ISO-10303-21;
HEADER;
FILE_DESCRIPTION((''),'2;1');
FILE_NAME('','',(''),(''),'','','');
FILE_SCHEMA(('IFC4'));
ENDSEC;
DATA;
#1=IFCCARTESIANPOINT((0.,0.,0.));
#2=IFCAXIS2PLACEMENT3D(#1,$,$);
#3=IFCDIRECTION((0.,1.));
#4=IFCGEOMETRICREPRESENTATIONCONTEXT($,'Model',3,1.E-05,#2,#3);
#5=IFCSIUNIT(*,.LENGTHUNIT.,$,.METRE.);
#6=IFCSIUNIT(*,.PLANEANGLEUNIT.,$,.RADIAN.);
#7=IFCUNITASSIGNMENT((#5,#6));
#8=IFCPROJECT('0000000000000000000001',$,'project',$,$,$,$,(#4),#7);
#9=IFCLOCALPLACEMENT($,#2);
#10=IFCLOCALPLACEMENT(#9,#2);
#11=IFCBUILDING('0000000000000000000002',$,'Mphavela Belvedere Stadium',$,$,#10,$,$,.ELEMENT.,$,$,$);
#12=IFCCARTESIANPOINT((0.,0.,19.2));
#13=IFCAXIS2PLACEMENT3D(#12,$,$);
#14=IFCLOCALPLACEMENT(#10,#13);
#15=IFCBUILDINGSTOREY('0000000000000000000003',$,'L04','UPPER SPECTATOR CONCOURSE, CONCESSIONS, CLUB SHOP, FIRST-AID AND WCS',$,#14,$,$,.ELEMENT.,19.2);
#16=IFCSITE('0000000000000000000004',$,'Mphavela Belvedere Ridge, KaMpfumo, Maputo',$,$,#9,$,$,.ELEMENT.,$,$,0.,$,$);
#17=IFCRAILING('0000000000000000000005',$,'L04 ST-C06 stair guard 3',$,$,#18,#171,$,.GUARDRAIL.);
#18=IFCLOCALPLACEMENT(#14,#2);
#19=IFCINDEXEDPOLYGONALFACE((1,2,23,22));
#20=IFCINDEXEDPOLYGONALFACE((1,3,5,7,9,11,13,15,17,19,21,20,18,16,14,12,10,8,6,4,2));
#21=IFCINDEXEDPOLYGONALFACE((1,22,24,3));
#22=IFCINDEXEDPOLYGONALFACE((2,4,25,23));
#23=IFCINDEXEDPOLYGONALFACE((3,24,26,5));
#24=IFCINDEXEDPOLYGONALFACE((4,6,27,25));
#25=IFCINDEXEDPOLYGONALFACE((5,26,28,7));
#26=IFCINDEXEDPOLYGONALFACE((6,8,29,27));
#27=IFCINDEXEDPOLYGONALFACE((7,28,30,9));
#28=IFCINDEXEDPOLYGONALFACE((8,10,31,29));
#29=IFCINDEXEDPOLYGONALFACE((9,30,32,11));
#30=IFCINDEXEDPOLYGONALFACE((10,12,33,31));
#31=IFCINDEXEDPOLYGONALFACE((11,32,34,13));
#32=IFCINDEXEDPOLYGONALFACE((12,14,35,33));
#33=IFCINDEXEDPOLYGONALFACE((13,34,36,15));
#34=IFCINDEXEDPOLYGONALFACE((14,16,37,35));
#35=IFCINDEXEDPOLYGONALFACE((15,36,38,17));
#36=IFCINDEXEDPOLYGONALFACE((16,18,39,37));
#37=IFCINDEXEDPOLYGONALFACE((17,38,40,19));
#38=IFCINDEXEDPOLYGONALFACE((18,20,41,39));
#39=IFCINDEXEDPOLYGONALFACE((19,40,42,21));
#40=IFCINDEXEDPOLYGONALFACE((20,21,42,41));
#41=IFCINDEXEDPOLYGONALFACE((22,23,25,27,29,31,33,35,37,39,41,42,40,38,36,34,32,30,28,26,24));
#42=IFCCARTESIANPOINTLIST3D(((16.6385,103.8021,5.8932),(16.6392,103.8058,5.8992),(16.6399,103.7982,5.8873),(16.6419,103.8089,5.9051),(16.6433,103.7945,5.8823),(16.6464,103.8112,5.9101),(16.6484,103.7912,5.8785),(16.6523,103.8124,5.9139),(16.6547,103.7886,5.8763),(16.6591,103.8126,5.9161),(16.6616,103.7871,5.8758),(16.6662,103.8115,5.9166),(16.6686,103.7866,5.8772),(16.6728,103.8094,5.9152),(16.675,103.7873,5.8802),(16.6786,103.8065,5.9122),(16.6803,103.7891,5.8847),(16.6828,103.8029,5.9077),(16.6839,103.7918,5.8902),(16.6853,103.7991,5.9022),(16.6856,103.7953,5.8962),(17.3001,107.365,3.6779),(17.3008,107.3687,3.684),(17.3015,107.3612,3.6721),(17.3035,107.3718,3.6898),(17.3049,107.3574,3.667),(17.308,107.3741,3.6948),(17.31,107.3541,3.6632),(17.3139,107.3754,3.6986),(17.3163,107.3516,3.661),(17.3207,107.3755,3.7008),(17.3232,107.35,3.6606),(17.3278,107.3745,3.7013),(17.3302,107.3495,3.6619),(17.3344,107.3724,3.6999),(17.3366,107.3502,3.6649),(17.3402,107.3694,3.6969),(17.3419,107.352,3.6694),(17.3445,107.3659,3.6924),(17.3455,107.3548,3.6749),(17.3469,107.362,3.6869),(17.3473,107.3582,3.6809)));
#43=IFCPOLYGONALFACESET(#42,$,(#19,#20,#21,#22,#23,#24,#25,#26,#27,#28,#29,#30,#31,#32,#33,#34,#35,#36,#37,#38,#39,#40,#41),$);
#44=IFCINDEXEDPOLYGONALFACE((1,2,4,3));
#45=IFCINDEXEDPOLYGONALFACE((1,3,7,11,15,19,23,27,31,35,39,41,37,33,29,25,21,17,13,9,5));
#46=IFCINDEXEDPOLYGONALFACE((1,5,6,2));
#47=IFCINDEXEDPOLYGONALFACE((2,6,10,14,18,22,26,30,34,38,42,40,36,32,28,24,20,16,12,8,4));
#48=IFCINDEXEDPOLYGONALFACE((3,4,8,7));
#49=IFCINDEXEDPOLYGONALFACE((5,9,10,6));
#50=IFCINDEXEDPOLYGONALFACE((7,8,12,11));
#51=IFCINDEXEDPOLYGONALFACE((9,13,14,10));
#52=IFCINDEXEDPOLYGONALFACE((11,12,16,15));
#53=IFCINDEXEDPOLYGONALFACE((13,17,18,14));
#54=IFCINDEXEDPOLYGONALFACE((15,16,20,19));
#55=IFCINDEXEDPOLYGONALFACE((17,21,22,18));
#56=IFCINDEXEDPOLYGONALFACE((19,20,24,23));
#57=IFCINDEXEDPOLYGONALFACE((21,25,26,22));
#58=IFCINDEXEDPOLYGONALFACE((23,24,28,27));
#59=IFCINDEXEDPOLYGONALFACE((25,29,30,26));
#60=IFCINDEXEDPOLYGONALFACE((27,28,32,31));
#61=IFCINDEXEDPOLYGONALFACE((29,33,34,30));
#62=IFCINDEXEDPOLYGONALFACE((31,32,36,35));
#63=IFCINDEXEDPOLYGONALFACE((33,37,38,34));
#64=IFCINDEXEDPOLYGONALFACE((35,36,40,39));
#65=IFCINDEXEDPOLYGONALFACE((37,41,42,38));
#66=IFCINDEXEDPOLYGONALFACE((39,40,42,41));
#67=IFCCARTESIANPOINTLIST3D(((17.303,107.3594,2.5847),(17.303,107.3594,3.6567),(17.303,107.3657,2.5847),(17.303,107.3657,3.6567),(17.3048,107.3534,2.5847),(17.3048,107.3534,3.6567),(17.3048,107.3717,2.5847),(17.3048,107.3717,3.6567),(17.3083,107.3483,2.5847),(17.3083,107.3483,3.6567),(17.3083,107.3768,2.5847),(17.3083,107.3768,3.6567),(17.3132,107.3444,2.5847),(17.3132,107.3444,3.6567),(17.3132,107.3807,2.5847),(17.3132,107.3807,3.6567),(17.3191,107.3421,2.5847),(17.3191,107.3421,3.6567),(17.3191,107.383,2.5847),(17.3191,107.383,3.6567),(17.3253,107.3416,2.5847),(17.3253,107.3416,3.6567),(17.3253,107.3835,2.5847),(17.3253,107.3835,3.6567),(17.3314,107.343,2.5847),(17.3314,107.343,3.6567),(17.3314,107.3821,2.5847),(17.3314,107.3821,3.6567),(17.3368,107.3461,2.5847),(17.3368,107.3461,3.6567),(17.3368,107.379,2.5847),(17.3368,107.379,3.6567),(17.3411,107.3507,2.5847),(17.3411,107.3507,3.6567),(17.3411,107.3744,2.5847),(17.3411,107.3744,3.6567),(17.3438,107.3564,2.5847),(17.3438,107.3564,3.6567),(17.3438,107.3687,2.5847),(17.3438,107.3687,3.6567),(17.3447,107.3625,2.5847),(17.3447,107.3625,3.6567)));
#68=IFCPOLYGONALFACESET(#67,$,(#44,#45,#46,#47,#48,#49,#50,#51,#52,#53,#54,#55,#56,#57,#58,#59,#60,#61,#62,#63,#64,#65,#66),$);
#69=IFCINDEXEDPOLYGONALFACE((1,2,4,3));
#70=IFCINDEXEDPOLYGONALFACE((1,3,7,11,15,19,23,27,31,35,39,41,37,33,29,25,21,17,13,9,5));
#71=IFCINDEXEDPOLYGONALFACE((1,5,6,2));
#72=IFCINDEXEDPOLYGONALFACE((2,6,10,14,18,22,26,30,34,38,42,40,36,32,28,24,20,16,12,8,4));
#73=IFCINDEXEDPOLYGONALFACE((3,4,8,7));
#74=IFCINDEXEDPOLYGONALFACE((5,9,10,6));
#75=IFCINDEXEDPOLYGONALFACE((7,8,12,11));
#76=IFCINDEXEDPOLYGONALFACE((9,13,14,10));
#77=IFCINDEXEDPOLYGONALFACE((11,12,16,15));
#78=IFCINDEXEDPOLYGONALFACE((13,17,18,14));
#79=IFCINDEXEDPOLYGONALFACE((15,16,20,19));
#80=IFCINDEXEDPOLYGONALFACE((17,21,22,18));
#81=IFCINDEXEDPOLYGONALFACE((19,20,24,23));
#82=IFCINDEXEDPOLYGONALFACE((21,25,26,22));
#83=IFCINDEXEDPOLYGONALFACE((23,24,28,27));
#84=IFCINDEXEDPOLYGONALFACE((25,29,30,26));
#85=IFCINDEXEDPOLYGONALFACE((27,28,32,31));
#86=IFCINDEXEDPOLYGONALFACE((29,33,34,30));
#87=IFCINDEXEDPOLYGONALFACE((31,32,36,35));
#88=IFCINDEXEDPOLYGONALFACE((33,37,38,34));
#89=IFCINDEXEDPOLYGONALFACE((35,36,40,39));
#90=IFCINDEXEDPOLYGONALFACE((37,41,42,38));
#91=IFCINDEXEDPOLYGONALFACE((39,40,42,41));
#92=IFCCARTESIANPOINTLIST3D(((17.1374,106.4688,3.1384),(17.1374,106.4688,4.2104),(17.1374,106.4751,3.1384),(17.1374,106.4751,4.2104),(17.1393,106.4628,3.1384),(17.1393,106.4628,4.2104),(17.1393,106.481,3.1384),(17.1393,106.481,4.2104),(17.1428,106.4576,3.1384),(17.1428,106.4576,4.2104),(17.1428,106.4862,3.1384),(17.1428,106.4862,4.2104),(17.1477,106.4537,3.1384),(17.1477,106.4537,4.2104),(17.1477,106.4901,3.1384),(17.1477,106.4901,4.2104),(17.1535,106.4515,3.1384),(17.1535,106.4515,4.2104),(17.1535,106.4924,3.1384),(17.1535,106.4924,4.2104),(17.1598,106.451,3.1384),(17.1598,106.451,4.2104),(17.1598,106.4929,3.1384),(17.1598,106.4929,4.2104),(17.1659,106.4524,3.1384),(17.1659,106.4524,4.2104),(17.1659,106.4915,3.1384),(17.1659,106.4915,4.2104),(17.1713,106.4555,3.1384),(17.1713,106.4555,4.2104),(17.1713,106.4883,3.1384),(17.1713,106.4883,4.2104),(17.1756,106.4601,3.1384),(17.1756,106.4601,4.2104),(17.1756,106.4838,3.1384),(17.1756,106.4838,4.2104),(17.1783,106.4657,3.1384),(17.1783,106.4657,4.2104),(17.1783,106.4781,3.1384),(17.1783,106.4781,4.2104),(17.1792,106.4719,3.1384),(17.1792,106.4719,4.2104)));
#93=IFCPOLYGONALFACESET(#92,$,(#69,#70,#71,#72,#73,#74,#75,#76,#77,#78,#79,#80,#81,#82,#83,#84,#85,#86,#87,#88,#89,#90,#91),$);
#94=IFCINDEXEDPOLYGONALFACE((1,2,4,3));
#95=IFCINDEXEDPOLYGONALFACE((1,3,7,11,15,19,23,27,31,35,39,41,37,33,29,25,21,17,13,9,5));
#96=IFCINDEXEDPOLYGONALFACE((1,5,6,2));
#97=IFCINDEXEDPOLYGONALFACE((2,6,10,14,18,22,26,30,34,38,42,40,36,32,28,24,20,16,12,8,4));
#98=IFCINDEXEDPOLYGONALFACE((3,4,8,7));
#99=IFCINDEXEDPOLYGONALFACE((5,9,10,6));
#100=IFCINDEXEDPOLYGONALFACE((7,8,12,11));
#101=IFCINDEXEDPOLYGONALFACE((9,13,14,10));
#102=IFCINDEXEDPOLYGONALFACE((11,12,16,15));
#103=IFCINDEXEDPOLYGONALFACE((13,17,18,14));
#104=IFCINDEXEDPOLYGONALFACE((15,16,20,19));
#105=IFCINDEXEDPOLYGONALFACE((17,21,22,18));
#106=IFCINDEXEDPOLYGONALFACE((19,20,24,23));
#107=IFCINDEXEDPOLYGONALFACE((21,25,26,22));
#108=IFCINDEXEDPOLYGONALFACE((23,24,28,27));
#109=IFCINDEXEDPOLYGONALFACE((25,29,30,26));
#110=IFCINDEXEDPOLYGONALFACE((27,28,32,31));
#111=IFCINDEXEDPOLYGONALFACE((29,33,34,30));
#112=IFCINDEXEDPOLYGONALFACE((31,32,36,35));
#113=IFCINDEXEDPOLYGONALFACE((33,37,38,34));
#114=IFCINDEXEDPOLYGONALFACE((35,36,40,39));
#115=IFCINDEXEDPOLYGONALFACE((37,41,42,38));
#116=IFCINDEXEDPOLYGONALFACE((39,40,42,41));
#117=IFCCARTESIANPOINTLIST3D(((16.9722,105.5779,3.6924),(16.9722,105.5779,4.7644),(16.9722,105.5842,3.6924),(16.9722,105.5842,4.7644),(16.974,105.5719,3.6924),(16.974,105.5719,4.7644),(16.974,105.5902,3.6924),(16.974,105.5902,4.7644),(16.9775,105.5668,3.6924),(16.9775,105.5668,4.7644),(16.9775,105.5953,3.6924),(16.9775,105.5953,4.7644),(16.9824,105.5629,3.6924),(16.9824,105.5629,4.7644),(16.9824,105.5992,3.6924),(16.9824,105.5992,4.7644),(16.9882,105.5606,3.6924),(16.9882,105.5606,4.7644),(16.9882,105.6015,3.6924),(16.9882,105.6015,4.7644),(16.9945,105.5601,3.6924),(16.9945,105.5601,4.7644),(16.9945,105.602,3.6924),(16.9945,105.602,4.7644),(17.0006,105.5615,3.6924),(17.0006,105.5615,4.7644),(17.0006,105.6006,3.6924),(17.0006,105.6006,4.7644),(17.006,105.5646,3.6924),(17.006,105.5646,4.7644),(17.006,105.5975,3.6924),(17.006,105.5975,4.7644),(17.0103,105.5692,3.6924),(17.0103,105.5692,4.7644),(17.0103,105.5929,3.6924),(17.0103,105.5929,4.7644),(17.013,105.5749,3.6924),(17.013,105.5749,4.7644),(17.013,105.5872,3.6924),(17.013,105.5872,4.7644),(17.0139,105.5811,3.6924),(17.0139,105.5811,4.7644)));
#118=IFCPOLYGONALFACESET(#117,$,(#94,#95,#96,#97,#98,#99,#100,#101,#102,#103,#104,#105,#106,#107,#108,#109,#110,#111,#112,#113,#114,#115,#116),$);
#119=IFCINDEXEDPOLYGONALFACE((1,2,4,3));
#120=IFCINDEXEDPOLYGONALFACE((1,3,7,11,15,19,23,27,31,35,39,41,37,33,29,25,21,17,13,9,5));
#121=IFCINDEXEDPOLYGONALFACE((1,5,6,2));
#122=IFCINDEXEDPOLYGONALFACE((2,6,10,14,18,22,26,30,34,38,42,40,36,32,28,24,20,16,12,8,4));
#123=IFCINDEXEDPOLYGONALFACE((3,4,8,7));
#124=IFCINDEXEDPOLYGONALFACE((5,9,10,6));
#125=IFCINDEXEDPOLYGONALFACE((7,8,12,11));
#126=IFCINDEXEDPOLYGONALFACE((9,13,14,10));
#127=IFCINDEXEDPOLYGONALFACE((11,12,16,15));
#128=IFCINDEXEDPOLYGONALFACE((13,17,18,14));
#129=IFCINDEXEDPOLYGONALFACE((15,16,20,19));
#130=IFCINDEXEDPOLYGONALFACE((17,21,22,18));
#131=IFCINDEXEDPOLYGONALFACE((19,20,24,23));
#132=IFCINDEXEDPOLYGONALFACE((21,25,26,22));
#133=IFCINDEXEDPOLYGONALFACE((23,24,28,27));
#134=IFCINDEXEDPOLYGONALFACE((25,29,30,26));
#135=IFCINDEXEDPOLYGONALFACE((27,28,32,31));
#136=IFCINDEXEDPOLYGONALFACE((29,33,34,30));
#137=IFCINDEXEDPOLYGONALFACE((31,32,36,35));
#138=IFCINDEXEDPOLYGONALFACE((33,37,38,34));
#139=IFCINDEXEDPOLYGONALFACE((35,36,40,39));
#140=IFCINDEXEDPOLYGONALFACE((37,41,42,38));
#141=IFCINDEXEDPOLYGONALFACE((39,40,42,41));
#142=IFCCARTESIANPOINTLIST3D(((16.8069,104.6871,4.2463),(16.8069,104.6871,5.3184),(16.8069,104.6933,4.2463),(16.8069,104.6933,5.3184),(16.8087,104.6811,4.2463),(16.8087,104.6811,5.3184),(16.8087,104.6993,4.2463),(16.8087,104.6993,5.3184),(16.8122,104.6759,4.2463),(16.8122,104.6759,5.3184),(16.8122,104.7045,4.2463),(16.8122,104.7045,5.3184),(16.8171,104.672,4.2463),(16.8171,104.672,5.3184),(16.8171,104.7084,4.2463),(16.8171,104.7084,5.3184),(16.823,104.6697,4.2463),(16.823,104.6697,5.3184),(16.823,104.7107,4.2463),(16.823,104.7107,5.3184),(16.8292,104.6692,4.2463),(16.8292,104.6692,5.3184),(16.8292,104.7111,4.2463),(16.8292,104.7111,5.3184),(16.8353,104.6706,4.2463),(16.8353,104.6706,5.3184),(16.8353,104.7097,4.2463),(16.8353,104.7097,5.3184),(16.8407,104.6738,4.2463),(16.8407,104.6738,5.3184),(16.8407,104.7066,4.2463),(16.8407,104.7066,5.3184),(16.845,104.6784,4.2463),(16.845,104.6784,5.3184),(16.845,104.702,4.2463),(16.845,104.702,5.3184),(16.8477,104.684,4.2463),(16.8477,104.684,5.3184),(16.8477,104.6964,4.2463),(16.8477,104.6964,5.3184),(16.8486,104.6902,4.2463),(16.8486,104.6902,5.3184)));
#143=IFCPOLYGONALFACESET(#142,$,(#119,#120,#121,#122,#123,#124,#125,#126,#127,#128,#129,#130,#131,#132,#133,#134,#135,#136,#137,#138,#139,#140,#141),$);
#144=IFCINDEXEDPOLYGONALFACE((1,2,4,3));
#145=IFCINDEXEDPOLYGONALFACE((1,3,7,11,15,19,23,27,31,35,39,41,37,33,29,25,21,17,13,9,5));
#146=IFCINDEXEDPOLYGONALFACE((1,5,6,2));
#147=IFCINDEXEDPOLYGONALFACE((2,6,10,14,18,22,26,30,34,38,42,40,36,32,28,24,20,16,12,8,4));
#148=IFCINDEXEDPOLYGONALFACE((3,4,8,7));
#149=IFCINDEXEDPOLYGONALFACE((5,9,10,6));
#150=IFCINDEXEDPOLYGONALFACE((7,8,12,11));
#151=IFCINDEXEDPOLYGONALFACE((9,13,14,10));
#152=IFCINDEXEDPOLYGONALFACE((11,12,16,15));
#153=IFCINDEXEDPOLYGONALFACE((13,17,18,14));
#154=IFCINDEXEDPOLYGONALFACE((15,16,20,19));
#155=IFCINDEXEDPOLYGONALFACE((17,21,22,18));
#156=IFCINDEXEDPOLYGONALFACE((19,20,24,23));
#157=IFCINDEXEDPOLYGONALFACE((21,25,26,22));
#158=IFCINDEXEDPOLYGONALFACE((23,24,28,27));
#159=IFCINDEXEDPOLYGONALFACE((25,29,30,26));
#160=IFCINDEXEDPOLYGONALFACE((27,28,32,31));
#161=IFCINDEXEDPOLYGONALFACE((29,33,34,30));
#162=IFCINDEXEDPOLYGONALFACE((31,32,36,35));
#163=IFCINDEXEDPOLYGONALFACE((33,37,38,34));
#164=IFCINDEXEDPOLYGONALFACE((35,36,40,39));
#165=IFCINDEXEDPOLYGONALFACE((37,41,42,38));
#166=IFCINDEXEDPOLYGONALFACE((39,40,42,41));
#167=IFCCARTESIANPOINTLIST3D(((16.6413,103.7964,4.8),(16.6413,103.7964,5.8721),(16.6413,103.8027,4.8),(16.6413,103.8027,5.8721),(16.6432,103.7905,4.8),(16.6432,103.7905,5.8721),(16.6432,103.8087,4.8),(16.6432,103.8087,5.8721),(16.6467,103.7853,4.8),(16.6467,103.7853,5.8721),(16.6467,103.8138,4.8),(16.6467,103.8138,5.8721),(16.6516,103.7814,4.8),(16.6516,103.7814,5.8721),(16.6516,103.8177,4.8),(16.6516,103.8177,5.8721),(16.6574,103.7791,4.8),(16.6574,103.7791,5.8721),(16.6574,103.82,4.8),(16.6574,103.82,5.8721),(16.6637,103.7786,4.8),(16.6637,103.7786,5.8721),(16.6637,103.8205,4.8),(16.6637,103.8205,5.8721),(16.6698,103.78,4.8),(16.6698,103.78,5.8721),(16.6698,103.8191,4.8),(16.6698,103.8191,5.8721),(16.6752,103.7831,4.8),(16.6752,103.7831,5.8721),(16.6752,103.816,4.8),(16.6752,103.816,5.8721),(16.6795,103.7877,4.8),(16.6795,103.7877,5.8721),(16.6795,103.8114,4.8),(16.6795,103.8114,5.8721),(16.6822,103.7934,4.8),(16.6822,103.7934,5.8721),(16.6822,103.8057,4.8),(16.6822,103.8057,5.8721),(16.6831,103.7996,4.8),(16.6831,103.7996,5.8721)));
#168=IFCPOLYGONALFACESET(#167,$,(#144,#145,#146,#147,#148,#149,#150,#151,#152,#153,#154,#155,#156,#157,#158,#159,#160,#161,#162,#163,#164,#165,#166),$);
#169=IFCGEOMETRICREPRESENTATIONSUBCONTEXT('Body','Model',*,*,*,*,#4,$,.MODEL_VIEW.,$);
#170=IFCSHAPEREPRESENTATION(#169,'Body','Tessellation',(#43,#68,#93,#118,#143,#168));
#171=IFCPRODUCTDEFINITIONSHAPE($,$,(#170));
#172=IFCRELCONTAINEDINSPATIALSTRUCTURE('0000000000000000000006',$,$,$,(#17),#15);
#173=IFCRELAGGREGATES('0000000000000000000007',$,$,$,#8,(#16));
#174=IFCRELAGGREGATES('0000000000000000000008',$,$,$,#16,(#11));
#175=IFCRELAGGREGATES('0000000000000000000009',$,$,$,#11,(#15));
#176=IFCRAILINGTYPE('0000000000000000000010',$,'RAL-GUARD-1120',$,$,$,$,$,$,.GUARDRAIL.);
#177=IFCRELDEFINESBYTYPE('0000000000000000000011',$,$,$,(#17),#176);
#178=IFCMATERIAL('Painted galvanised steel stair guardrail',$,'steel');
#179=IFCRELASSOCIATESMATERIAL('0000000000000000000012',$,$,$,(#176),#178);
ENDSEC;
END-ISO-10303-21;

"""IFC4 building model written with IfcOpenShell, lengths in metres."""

from ifc_helpers import new_model, si_unit, direction, frame, origin, origin_2d, place, context, subcontext, project, spatial, circle, extrude, material, type_object, element, save


model = new_model("IFC4")

# Units and contexts
model_context = context("Model", 3, precision=1e-05, world=origin(), true_north=direction((0.0, 1.0)))
body_context = subcontext(model_context, "Body", "Model", "MODEL_VIEW")
ifc_project = project(units=[si_unit("LENGTHUNIT", "METRE"), si_unit("PLANEANGLEUNIT", "RADIAN")], contexts=[model_context])

# Site, building, storey
site_placement = place(None, origin())
site = spatial("IfcSite", under=ifc_project, at=site_placement, Name="Mphavela Belvedere Ridge, KaMpfumo, Maputo", CompositionType="ELEMENT", RefElevation=0.0)
building_placement = place(site_placement, origin())
building = spatial("IfcBuilding", under=site, at=building_placement, Name="Mphavela Belvedere Stadium", CompositionType="ELEMENT")
storey_placement = place(building_placement, frame((0.0, 0.0, 19.2)))
storey = spatial("IfcBuildingStorey", under=building, at=storey_placement, Name="L04", Description="UPPER SPECTATOR CONCOURSE, CONCESSIONS, CLUB SHOP, FIRST-AID AND WCS", CompositionType="ELEMENT", Elevation=19.2)

# Railing
ifc_material_1 = material(Name="Painted galvanised steel stair guardrail", Category="steel")
railing_type_1 = type_object("IfcRailingType", Name="RAL-GUARD-1120", PredefinedType="GUARDRAIL", material=ifc_material_1)
railing_1_placement = place(storey_placement, frame((17.3237, 107.3625, 2.5847)))
element("IfcRailing", 1, at=railing_1_placement, inside=storey, type_object=railing_type_1, Name="L04 ST-C06 stair guard 3", PredefinedType="GUARDRAIL", context=body_context, shape_type="SweptSolid", body=[
    extrude(circle(Radius=0.0239, at=origin_2d()), frame((0.0, 0.0, 1.0962), z_axis=(-0.155771, -0.838865, 0.521575), x_axis=(0.983193, -0.182572, 0.0)), (0.0, 0.0, 1.0), 4.2473),
    extrude(circle(Radius=0.021, at=origin_2d()), origin(), (0.0, 0.0, 1.0), 1.072),
    extrude(circle(Radius=0.021, at=origin_2d()), frame((-0.1655, -0.8906, 0.5537)), (0.0, 0.0, 1.0), 1.072),
    extrude(circle(Radius=0.021, at=origin_2d()), frame((-0.3308, -1.7815, 1.1077)), (0.0, 0.0, 1.0), 1.072),
    extrude(circle(Radius=0.021, at=origin_2d()), frame((-0.4961, -2.6724, 1.6616)), (0.0, 0.0, 1.0), 1.072),
    extrude(circle(Radius=0.021, at=origin_2d()), frame((-0.6616, -3.563, 2.2153)), (0.0, 0.0, 1.0), 1.072),
])

save(model, "model.ifc")
